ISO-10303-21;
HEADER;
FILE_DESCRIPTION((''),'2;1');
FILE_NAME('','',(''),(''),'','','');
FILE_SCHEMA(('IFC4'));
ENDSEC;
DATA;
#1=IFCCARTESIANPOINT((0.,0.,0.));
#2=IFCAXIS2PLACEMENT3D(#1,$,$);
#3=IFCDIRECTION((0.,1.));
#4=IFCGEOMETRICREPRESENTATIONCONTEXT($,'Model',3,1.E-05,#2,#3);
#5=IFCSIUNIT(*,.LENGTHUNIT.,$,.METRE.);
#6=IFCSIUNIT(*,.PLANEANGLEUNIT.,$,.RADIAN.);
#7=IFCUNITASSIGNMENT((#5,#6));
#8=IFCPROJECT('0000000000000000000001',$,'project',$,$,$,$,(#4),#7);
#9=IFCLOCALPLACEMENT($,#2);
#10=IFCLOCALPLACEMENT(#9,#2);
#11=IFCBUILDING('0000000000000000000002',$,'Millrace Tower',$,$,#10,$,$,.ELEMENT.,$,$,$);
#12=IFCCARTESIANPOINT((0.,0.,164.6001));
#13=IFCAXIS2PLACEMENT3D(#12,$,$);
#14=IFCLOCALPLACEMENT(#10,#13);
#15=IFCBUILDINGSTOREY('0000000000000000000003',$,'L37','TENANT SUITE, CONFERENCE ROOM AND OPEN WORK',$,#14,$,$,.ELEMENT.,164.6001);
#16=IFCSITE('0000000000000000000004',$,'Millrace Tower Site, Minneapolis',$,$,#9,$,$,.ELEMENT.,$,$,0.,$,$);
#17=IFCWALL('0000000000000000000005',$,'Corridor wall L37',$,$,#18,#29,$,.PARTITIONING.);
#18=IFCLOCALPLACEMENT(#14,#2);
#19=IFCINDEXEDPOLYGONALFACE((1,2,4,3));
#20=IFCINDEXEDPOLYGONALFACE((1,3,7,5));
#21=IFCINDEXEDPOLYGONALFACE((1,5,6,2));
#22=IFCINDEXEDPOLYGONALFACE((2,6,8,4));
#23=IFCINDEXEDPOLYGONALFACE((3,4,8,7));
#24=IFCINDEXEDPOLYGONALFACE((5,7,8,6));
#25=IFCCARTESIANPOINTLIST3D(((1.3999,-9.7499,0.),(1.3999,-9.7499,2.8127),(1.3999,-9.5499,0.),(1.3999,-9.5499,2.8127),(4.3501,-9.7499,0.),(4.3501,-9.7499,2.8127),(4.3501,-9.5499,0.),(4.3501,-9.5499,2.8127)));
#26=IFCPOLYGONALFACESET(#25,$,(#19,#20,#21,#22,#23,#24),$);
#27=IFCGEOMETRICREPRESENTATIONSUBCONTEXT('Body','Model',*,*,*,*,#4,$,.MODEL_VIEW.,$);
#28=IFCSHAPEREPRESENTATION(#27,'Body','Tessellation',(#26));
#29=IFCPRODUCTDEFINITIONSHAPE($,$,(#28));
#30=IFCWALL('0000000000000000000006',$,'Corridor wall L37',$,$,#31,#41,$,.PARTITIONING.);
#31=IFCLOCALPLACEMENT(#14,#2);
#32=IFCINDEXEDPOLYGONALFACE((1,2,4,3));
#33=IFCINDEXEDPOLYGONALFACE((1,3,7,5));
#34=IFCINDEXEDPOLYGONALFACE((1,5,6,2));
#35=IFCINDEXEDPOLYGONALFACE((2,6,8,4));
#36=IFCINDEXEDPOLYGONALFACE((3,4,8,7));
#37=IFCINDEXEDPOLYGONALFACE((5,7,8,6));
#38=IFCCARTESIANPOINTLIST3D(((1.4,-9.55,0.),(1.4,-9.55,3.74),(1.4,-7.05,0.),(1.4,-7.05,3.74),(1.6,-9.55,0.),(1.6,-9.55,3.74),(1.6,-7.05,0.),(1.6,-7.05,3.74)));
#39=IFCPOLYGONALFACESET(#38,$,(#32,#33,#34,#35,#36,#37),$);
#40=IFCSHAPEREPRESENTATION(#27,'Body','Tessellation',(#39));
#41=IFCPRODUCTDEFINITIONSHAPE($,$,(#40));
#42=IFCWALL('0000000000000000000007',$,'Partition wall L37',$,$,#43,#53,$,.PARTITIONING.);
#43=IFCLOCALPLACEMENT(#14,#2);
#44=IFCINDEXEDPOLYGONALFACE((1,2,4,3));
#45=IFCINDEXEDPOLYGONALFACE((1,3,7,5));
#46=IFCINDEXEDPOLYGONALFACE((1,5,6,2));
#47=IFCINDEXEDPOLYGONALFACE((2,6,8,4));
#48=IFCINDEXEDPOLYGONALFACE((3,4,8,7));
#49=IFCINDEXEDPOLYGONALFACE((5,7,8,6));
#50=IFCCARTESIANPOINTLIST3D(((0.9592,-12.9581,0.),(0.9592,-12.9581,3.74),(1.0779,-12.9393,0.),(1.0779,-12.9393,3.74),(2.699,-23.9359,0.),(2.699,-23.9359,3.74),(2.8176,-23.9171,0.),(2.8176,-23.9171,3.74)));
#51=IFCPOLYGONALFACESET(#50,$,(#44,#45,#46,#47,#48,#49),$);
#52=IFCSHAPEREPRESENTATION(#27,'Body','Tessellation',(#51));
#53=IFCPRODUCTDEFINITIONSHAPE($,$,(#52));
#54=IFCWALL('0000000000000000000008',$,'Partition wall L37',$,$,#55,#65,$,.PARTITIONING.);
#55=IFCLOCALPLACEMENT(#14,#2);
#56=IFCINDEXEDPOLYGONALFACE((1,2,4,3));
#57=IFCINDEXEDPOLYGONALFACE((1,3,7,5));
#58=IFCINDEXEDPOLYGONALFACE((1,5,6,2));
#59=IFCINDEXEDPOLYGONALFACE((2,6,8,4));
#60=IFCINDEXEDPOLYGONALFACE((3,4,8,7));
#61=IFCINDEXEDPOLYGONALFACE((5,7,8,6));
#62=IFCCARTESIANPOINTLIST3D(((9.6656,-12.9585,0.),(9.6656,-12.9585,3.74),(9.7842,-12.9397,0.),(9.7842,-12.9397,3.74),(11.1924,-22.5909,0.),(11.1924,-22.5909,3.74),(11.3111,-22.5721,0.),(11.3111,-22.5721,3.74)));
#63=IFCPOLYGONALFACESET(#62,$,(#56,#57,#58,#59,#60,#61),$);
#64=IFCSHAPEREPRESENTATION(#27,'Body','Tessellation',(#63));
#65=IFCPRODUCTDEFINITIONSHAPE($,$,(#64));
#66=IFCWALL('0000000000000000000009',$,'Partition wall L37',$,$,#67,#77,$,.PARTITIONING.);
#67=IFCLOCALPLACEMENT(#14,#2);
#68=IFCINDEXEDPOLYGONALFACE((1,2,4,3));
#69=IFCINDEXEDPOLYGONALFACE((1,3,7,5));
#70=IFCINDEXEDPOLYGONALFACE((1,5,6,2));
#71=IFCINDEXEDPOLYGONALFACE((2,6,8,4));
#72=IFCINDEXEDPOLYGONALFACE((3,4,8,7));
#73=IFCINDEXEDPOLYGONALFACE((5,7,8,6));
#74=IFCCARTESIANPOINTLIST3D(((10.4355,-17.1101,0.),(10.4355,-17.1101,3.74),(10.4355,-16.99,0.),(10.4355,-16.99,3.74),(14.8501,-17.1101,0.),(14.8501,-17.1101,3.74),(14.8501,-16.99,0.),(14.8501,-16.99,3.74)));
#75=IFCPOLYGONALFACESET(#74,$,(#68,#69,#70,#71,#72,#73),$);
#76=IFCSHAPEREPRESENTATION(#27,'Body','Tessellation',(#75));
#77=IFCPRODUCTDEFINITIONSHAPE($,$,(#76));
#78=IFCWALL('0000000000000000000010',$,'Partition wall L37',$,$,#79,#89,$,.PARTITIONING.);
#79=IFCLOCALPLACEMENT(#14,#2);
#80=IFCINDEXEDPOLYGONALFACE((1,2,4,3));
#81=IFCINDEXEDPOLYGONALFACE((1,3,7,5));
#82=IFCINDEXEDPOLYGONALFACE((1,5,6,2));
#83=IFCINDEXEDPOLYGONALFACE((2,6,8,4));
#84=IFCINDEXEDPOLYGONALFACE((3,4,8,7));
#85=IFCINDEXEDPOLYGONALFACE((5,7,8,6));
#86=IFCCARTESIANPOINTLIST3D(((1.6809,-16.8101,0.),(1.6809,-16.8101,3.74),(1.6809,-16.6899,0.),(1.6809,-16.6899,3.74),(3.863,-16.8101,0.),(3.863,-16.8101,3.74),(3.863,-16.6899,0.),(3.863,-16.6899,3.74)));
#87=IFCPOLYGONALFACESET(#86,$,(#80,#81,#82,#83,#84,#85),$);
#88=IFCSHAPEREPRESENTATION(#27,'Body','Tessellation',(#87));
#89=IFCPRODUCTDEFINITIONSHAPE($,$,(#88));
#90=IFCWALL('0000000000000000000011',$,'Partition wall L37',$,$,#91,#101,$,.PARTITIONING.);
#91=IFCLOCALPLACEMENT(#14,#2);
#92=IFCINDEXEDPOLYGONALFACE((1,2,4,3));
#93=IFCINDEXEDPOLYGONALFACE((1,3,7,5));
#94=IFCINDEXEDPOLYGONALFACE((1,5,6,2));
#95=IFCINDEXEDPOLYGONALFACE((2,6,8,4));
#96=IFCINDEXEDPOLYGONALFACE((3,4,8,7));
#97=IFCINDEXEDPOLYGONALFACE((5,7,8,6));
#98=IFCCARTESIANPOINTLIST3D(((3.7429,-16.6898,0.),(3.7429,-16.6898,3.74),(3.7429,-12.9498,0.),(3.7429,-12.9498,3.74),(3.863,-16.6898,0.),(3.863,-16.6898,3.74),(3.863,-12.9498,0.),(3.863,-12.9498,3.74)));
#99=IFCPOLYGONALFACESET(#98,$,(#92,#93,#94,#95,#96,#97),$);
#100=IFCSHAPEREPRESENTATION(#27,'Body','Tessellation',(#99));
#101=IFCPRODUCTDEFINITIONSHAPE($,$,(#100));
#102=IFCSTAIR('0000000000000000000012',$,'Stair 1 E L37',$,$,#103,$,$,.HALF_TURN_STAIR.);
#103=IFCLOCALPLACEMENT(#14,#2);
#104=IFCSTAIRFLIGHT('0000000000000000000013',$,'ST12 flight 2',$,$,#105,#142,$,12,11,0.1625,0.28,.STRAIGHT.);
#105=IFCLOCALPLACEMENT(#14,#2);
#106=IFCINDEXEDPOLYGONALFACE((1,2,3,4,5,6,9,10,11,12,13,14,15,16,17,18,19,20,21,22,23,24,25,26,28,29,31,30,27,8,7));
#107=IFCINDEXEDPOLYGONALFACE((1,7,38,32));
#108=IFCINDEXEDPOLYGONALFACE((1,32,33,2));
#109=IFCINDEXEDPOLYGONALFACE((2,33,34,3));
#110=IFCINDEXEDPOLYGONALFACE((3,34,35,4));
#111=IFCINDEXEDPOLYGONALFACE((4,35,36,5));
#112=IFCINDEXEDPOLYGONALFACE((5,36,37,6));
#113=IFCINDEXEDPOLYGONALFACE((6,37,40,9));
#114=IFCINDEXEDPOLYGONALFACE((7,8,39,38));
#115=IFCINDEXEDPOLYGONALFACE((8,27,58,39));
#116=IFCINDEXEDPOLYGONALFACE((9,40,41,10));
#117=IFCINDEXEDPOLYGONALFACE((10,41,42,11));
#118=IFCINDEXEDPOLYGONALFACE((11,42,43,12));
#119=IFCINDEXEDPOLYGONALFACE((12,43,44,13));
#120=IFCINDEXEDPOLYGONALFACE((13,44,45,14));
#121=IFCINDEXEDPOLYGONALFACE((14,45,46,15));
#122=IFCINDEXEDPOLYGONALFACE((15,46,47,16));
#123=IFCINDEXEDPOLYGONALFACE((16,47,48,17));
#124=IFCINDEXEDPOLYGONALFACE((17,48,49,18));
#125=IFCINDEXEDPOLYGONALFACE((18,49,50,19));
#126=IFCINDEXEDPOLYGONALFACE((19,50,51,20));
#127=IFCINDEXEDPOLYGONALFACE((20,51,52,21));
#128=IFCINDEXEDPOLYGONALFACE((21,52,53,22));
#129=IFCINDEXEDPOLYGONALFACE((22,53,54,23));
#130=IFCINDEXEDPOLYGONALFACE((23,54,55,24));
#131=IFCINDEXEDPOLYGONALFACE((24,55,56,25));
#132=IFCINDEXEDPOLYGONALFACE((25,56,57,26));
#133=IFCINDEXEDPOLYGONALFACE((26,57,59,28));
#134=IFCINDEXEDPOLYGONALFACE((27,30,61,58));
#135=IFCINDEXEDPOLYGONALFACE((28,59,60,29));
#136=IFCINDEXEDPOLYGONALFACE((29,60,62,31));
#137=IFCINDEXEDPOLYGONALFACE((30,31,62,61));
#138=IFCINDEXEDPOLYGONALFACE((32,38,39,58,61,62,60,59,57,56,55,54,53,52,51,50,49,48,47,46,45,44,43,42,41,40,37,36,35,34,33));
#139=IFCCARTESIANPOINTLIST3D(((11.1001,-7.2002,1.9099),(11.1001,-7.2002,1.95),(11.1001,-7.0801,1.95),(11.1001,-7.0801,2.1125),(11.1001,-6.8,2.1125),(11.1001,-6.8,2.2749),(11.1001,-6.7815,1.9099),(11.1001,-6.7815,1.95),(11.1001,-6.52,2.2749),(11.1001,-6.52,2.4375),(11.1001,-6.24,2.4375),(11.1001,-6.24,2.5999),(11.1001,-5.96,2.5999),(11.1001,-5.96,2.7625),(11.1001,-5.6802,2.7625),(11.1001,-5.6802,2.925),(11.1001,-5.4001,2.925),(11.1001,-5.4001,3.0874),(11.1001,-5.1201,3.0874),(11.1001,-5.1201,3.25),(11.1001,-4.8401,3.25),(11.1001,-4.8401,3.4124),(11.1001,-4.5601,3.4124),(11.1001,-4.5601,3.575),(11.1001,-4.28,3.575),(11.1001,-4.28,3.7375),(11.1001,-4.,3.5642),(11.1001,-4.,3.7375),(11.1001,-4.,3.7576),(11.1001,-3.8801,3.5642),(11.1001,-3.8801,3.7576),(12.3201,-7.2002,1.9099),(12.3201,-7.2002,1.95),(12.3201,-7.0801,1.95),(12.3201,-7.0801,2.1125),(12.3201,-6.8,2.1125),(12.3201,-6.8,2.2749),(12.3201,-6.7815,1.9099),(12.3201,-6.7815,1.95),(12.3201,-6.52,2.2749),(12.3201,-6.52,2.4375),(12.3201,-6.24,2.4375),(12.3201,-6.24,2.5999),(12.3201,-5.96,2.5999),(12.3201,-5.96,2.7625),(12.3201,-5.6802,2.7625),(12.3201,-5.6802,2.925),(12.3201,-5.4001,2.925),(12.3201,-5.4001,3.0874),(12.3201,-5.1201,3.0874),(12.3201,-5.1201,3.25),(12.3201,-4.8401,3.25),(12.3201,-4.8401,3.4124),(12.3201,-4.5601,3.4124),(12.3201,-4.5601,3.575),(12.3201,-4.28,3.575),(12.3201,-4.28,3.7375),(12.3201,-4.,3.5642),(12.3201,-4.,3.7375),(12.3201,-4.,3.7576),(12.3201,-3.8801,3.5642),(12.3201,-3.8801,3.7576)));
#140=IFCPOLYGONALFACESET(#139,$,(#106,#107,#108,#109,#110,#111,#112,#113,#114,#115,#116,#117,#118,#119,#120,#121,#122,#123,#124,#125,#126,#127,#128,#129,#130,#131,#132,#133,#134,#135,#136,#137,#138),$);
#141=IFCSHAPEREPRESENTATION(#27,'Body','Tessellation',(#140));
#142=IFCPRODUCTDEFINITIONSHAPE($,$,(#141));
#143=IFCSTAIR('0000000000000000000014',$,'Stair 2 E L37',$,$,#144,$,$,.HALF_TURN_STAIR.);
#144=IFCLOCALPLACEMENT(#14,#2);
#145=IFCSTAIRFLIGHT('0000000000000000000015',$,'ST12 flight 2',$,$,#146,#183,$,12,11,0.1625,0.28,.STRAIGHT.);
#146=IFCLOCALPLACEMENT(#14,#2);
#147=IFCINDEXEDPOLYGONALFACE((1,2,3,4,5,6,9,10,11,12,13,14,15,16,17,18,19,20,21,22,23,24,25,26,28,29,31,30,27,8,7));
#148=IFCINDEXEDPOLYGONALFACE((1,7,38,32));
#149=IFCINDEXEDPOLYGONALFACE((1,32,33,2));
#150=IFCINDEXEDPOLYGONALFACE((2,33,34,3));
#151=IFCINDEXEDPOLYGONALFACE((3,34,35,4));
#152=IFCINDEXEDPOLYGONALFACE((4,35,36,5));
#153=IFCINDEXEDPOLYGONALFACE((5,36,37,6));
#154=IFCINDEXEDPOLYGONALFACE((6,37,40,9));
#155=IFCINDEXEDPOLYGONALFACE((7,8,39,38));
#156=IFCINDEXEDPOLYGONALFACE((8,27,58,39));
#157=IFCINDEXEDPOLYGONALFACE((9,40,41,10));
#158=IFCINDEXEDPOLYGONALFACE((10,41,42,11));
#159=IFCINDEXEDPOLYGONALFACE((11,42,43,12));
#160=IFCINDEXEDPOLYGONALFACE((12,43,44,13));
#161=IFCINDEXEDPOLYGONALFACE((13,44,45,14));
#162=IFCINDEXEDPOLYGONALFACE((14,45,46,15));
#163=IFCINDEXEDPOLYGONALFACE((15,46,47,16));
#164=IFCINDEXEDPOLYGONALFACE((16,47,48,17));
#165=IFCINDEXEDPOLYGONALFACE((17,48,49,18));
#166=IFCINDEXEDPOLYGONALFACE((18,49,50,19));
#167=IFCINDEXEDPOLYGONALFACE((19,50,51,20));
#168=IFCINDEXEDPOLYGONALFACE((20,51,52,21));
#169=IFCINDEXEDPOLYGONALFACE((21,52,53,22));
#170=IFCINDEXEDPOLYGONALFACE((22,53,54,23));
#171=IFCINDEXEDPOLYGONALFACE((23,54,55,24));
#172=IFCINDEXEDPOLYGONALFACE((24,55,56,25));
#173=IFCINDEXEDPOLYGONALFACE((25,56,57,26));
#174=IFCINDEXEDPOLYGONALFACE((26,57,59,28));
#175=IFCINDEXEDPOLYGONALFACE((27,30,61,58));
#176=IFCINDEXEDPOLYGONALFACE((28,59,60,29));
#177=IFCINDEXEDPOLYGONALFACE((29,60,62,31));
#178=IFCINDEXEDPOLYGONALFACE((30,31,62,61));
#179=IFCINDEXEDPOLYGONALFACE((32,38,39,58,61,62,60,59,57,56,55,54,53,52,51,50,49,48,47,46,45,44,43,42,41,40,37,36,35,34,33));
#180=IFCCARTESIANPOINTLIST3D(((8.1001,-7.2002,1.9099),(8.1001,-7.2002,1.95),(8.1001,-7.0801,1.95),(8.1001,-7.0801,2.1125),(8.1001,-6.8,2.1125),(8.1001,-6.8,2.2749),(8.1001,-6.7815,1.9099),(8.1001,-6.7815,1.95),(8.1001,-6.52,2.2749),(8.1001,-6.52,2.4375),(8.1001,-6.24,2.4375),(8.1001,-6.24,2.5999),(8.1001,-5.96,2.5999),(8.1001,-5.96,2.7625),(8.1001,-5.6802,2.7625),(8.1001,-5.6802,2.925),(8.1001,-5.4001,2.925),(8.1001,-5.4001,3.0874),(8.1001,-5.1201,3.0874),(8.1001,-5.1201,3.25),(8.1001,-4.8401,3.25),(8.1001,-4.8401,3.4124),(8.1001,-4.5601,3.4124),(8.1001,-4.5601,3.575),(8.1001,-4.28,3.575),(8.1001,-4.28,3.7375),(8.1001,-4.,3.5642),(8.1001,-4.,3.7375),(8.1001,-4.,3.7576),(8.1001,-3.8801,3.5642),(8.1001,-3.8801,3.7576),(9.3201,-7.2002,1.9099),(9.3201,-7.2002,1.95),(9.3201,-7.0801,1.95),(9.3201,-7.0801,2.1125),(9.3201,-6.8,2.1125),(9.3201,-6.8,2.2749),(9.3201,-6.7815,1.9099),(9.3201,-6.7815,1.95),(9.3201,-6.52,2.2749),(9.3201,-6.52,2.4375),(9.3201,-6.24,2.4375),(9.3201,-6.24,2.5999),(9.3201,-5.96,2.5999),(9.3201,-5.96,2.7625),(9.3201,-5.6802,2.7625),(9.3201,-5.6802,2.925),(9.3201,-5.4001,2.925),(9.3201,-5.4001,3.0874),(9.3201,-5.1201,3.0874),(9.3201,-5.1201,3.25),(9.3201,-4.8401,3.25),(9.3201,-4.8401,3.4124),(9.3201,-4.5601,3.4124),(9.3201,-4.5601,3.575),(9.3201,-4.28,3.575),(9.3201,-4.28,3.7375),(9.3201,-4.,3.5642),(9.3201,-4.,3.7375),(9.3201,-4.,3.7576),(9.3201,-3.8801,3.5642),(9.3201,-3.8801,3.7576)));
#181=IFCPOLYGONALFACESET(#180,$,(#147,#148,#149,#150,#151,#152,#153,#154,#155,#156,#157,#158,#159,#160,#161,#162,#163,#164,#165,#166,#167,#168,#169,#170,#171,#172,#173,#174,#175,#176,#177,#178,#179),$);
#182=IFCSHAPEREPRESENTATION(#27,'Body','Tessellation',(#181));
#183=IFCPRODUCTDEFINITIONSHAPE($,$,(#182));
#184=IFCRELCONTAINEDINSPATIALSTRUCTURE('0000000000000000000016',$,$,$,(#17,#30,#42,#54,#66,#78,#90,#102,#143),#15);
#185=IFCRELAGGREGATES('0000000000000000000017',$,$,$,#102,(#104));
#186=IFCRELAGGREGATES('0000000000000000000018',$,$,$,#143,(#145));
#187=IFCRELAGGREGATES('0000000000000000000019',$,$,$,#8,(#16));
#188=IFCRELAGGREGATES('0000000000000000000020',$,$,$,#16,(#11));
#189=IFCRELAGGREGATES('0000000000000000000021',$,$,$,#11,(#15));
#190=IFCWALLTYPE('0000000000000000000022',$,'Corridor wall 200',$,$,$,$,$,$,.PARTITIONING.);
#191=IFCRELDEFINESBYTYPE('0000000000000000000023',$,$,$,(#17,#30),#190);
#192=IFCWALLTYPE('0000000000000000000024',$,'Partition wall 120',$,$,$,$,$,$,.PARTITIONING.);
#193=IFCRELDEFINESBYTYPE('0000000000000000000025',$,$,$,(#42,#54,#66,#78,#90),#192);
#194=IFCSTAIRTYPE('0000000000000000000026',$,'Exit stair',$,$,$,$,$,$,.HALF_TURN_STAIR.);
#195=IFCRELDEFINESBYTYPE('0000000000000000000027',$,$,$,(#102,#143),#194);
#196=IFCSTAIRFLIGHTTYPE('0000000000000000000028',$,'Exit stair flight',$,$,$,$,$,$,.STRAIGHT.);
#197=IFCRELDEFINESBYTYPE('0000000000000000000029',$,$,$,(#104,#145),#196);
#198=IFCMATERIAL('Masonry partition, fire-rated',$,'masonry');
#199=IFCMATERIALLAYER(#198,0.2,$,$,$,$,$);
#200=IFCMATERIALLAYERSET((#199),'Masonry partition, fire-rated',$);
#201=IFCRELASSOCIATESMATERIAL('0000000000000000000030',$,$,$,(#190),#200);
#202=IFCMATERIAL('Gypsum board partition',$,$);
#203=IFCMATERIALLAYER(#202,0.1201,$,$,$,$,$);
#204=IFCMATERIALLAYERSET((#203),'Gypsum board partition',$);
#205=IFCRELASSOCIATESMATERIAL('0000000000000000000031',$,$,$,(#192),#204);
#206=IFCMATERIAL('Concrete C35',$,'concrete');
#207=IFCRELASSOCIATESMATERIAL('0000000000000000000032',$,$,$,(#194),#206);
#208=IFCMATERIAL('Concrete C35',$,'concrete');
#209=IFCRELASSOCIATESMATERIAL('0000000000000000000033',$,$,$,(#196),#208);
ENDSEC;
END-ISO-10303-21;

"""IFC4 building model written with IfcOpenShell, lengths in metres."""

from ifc_helpers import new_model, si_unit, direction, frame, frame_2d, origin, place, context, subcontext, project, spatial, polyline, rectangle, outline, extrude, material, layer, layer_set, type_object, element, aggregate, save


model = new_model("IFC4")

# Units and contexts
model_context = context("Model", 3, precision=1e-05, world=origin(), true_north=direction((0.0, 1.0)))
body_context = subcontext(model_context, "Body", "Model", "MODEL_VIEW")
ifc_project = project(units=[si_unit("LENGTHUNIT", "METRE"), si_unit("PLANEANGLEUNIT", "RADIAN")], contexts=[model_context])

# Site, building, storey
site_placement = place(None, origin())
site = spatial("IfcSite", under=ifc_project, at=site_placement, Name="Millrace Tower Site, Minneapolis", CompositionType="ELEMENT", RefElevation=0.0)
building_placement = place(site_placement, origin())
building = spatial("IfcBuilding", under=site, at=building_placement, Name="Millrace Tower", CompositionType="ELEMENT")
storey_placement = place(building_placement, frame((0.0, 0.0, 164.6001)))
storey = spatial("IfcBuildingStorey", under=building, at=storey_placement, Name="L37", Description="TENANT SUITE, CONFERENCE ROOM AND OPEN WORK", CompositionType="ELEMENT", Elevation=164.6001)

# Shared definitions
placement = place(storey_placement, origin())

# Walls
ifc_material_1 = material(Name="Masonry partition, fire-rated", Category="masonry")
ifc_layer_1 = layer(ifc_material_1, 0.2)
ifc_layer_set_1 = layer_set([ifc_layer_1], Name="Masonry partition, fire-rated")
wall_type_1 = type_object("IfcWallType", Name="Corridor wall 200", PredefinedType="PARTITIONING", material=ifc_layer_set_1)
wall_1_placement = place(storey_placement, frame((1.3999, -9.6499, 0.0), z_axis=(0.0, 0.0, 1.0), x_axis=(1.0, 0.0, 0.0)))
element("IfcWall", 1, at=wall_1_placement, inside=storey, type_object=wall_type_1, Name="Corridor wall L37", PredefinedType="PARTITIONING", context=body_context, shape_type="SweptSolid", body=[
    extrude(rectangle(XDim=2.9502, YDim=0.2, at=frame_2d((1.4751, 0.0))), origin(), (0.0, 0.0, 1.0), 2.8127),
])
wall_2_placement = place(storey_placement, frame((1.5, -9.55, 0.0), z_axis=(0.0, 0.0, 1.0), x_axis=(0.0, 1.0, 0.0)))
element("IfcWall", 2, at=wall_2_placement, inside=storey, type_object=wall_type_1, Name="Corridor wall L37", PredefinedType="PARTITIONING", context=body_context, shape_type="SweptSolid", body=[
    extrude(rectangle(XDim=2.5, YDim=0.2, at=frame_2d((1.25, 0.0))), origin(), (0.0, 0.0, 1.0), 3.74),
])
ifc_material_2 = material(Name="Gypsum board partition")
ifc_layer_2 = layer(ifc_material_2, 0.1201)
ifc_layer_set_2 = layer_set([ifc_layer_2], Name="Gypsum board partition")
wall_type_2 = type_object("IfcWallType", Name="Partition wall 120", PredefinedType="PARTITIONING", material=ifc_layer_set_2)
wall_3_placement = place(storey_placement, frame((1.0186, -12.9487, 0.0), z_axis=(0.0, 0.0, 1.0), x_axis=(0.156525, -0.987674, 0.0)))
element("IfcWall", 3, at=wall_3_placement, inside=storey, type_object=wall_type_2, Name="Partition wall L37", PredefinedType="PARTITIONING", context=body_context, shape_type="SweptSolid", body=[
    extrude(rectangle(XDim=11.1147, YDim=0.1201, at=frame_2d((5.5574, 0.0))), origin(), (0.0, 0.0, 1.0), 3.74),
])
wall_4_placement = place(storey_placement, frame((9.7249, -12.949, 0.0), z_axis=(0.0, 0.0, 1.0), x_axis=(0.156559, -0.987669, 0.0)))
element("IfcWall", 4, at=wall_4_placement, inside=storey, type_object=wall_type_2, Name="Partition wall L37", PredefinedType="PARTITIONING", context=body_context, shape_type="SweptSolid", body=[
    extrude(rectangle(XDim=9.7527, YDim=0.1201, at=frame_2d((4.8765, 0.0))), origin(), (0.0, 0.0, 1.0), 3.74),
])
wall_5_placement = place(storey_placement, frame((10.4355, -17.05, 0.0), z_axis=(0.0, 0.0, 1.0), x_axis=(1.0, 0.0, 0.0)))
element("IfcWall", 5, at=wall_5_placement, inside=storey, type_object=wall_type_2, Name="Partition wall L37", PredefinedType="PARTITIONING", context=body_context, shape_type="SweptSolid", body=[
    extrude(rectangle(XDim=4.4146, YDim=0.1201, at=frame_2d((2.2073, 0.0))), origin(), (0.0, 0.0, 1.0), 3.74),
])
wall_6_placement = place(storey_placement, frame((1.6809, -16.75, 0.0), z_axis=(0.0, 0.0, 1.0), x_axis=(1.0, 0.0, 0.0)))
element("IfcWall", 6, at=wall_6_placement, inside=storey, type_object=wall_type_2, Name="Partition wall L37", PredefinedType="PARTITIONING", context=body_context, shape_type="SweptSolid", body=[
    extrude(rectangle(XDim=2.1821, YDim=0.1201, at=frame_2d((1.0911, 0.0))), origin(), (0.0, 0.0, 1.0), 3.74),
])
wall_7_placement = place(storey_placement, frame((3.803, -16.6899, 0.0), z_axis=(0.0, 0.0, 1.0), x_axis=(0.0, 1.0, 0.0)))
element("IfcWall", 7, at=wall_7_placement, inside=storey, type_object=wall_type_2, Name="Partition wall L37", PredefinedType="PARTITIONING", context=body_context, shape_type="SweptSolid", body=[
    extrude(rectangle(XDim=3.74, YDim=0.1201, at=frame_2d((1.8701, 0.0))), origin(), (0.0, 0.0, 1.0), 3.74),
])

# Stairs, stair flights
ifc_material_3 = material(Name="Concrete C35", Category="concrete")
stair_type = type_object("IfcStairType", Name="Exit stair", PredefinedType="HALF_TURN_STAIR", material=ifc_material_3)
stair_1 = element("IfcStair", 8, at=placement, inside=storey, type_object=stair_type, Name="Stair 1 E L37", PredefinedType="HALF_TURN_STAIR")
ifc_material_4 = material(Name="Concrete C35", Category="concrete")
stair_flight_type = type_object("IfcStairFlightType", Name="Exit stair flight", PredefinedType="STRAIGHT", material=ifc_material_4)
stair_flight_1_placement = place(storey_placement, frame((11.71, -7.0801, 1.95), z_axis=(0.0, 0.0, 1.0), x_axis=(0.0, 1.0, 0.0)))
stair_flight_1 = element("IfcStairFlight", 9, at=stair_flight_1_placement, type_object=stair_flight_type, Name="ST12 flight 2", NumberOfRisers=12, NumberOfTreads=11, PredefinedType="STRAIGHT", RiserHeight=0.1625, TreadLength=0.28, context=body_context, shape_type="SweptSolid", body=[
    extrude(outline(polyline([(-0.1201, -0.04), (-0.1201, 0.0), (0.0, 0.0), (0.0, 0.1626), (0.28, 0.1626), (0.28, 0.325), (0.5601, 0.325), (0.5601, 0.4875), (0.8401, 0.4875), (0.8401, 0.6499), (1.1201, 0.6499), (1.1201, 0.8125), (1.3999, 0.8125), (1.3999, 0.9751), (1.6799, 0.9751), (1.6799, 1.1375), (1.96, 1.1375), (1.96, 1.3), (2.24, 1.3), (2.24, 1.4624), (2.52, 1.4624), (2.52, 1.625), (2.8, 1.625), (2.8, 1.7876), (3.0801, 1.7876), (3.0801, 1.8076), (3.2, 1.8076), (3.2, 1.6143), (3.0801, 1.6143), (0.2986, 0.0), (0.2986, -0.04), (-0.1201, -0.04)])), frame((0.0, 0.6099, 0.0), z_axis=(0.0, -1.0, 0.0), x_axis=(1.0, 0.0, 0.0)), (0.0, 0.0, 1.0), 1.22),
])
aggregate(stair_1, [stair_flight_1])
stair_2 = element("IfcStair", 10, at=placement, inside=storey, type_object=stair_type, Name="Stair 2 E L37", PredefinedType="HALF_TURN_STAIR")
stair_flight_2_placement = place(storey_placement, frame((8.71, -7.0801, 1.95), z_axis=(0.0, 0.0, 1.0), x_axis=(0.0, 1.0, 0.0)))
stair_flight_2 = element("IfcStairFlight", 11, at=stair_flight_2_placement, type_object=stair_flight_type, Name="ST12 flight 2", NumberOfRisers=12, NumberOfTreads=11, PredefinedType="STRAIGHT", RiserHeight=0.1625, TreadLength=0.28, context=body_context, shape_type="SweptSolid", body=[
    extrude(outline(polyline([(-0.1201, -0.04), (-0.1201, 0.0), (0.0, 0.0), (0.0, 0.1626), (0.28, 0.1626), (0.28, 0.325), (0.5601, 0.325), (0.5601, 0.4875), (0.8401, 0.4875), (0.8401, 0.6499), (1.1201, 0.6499), (1.1201, 0.8125), (1.3999, 0.8125), (1.3999, 0.9751), (1.6799, 0.9751), (1.6799, 1.1375), (1.96, 1.1375), (1.96, 1.3), (2.24, 1.3), (2.24, 1.4624), (2.52, 1.4624), (2.52, 1.625), (2.8, 1.625), (2.8, 1.7876), (3.0801, 1.7876), (3.0801, 1.8076), (3.2, 1.8076), (3.2, 1.6143), (3.0801, 1.6143), (0.2986, 0.0), (0.2986, -0.04), (-0.1201, -0.04)])), frame((0.0, 0.6099, 0.0), z_axis=(0.0, -1.0, 0.0), x_axis=(1.0, 0.0, 0.0)), (0.0, 0.0, 1.0), 1.22),
])
aggregate(stair_2, [stair_flight_2])

save(model, "model.ifc")
